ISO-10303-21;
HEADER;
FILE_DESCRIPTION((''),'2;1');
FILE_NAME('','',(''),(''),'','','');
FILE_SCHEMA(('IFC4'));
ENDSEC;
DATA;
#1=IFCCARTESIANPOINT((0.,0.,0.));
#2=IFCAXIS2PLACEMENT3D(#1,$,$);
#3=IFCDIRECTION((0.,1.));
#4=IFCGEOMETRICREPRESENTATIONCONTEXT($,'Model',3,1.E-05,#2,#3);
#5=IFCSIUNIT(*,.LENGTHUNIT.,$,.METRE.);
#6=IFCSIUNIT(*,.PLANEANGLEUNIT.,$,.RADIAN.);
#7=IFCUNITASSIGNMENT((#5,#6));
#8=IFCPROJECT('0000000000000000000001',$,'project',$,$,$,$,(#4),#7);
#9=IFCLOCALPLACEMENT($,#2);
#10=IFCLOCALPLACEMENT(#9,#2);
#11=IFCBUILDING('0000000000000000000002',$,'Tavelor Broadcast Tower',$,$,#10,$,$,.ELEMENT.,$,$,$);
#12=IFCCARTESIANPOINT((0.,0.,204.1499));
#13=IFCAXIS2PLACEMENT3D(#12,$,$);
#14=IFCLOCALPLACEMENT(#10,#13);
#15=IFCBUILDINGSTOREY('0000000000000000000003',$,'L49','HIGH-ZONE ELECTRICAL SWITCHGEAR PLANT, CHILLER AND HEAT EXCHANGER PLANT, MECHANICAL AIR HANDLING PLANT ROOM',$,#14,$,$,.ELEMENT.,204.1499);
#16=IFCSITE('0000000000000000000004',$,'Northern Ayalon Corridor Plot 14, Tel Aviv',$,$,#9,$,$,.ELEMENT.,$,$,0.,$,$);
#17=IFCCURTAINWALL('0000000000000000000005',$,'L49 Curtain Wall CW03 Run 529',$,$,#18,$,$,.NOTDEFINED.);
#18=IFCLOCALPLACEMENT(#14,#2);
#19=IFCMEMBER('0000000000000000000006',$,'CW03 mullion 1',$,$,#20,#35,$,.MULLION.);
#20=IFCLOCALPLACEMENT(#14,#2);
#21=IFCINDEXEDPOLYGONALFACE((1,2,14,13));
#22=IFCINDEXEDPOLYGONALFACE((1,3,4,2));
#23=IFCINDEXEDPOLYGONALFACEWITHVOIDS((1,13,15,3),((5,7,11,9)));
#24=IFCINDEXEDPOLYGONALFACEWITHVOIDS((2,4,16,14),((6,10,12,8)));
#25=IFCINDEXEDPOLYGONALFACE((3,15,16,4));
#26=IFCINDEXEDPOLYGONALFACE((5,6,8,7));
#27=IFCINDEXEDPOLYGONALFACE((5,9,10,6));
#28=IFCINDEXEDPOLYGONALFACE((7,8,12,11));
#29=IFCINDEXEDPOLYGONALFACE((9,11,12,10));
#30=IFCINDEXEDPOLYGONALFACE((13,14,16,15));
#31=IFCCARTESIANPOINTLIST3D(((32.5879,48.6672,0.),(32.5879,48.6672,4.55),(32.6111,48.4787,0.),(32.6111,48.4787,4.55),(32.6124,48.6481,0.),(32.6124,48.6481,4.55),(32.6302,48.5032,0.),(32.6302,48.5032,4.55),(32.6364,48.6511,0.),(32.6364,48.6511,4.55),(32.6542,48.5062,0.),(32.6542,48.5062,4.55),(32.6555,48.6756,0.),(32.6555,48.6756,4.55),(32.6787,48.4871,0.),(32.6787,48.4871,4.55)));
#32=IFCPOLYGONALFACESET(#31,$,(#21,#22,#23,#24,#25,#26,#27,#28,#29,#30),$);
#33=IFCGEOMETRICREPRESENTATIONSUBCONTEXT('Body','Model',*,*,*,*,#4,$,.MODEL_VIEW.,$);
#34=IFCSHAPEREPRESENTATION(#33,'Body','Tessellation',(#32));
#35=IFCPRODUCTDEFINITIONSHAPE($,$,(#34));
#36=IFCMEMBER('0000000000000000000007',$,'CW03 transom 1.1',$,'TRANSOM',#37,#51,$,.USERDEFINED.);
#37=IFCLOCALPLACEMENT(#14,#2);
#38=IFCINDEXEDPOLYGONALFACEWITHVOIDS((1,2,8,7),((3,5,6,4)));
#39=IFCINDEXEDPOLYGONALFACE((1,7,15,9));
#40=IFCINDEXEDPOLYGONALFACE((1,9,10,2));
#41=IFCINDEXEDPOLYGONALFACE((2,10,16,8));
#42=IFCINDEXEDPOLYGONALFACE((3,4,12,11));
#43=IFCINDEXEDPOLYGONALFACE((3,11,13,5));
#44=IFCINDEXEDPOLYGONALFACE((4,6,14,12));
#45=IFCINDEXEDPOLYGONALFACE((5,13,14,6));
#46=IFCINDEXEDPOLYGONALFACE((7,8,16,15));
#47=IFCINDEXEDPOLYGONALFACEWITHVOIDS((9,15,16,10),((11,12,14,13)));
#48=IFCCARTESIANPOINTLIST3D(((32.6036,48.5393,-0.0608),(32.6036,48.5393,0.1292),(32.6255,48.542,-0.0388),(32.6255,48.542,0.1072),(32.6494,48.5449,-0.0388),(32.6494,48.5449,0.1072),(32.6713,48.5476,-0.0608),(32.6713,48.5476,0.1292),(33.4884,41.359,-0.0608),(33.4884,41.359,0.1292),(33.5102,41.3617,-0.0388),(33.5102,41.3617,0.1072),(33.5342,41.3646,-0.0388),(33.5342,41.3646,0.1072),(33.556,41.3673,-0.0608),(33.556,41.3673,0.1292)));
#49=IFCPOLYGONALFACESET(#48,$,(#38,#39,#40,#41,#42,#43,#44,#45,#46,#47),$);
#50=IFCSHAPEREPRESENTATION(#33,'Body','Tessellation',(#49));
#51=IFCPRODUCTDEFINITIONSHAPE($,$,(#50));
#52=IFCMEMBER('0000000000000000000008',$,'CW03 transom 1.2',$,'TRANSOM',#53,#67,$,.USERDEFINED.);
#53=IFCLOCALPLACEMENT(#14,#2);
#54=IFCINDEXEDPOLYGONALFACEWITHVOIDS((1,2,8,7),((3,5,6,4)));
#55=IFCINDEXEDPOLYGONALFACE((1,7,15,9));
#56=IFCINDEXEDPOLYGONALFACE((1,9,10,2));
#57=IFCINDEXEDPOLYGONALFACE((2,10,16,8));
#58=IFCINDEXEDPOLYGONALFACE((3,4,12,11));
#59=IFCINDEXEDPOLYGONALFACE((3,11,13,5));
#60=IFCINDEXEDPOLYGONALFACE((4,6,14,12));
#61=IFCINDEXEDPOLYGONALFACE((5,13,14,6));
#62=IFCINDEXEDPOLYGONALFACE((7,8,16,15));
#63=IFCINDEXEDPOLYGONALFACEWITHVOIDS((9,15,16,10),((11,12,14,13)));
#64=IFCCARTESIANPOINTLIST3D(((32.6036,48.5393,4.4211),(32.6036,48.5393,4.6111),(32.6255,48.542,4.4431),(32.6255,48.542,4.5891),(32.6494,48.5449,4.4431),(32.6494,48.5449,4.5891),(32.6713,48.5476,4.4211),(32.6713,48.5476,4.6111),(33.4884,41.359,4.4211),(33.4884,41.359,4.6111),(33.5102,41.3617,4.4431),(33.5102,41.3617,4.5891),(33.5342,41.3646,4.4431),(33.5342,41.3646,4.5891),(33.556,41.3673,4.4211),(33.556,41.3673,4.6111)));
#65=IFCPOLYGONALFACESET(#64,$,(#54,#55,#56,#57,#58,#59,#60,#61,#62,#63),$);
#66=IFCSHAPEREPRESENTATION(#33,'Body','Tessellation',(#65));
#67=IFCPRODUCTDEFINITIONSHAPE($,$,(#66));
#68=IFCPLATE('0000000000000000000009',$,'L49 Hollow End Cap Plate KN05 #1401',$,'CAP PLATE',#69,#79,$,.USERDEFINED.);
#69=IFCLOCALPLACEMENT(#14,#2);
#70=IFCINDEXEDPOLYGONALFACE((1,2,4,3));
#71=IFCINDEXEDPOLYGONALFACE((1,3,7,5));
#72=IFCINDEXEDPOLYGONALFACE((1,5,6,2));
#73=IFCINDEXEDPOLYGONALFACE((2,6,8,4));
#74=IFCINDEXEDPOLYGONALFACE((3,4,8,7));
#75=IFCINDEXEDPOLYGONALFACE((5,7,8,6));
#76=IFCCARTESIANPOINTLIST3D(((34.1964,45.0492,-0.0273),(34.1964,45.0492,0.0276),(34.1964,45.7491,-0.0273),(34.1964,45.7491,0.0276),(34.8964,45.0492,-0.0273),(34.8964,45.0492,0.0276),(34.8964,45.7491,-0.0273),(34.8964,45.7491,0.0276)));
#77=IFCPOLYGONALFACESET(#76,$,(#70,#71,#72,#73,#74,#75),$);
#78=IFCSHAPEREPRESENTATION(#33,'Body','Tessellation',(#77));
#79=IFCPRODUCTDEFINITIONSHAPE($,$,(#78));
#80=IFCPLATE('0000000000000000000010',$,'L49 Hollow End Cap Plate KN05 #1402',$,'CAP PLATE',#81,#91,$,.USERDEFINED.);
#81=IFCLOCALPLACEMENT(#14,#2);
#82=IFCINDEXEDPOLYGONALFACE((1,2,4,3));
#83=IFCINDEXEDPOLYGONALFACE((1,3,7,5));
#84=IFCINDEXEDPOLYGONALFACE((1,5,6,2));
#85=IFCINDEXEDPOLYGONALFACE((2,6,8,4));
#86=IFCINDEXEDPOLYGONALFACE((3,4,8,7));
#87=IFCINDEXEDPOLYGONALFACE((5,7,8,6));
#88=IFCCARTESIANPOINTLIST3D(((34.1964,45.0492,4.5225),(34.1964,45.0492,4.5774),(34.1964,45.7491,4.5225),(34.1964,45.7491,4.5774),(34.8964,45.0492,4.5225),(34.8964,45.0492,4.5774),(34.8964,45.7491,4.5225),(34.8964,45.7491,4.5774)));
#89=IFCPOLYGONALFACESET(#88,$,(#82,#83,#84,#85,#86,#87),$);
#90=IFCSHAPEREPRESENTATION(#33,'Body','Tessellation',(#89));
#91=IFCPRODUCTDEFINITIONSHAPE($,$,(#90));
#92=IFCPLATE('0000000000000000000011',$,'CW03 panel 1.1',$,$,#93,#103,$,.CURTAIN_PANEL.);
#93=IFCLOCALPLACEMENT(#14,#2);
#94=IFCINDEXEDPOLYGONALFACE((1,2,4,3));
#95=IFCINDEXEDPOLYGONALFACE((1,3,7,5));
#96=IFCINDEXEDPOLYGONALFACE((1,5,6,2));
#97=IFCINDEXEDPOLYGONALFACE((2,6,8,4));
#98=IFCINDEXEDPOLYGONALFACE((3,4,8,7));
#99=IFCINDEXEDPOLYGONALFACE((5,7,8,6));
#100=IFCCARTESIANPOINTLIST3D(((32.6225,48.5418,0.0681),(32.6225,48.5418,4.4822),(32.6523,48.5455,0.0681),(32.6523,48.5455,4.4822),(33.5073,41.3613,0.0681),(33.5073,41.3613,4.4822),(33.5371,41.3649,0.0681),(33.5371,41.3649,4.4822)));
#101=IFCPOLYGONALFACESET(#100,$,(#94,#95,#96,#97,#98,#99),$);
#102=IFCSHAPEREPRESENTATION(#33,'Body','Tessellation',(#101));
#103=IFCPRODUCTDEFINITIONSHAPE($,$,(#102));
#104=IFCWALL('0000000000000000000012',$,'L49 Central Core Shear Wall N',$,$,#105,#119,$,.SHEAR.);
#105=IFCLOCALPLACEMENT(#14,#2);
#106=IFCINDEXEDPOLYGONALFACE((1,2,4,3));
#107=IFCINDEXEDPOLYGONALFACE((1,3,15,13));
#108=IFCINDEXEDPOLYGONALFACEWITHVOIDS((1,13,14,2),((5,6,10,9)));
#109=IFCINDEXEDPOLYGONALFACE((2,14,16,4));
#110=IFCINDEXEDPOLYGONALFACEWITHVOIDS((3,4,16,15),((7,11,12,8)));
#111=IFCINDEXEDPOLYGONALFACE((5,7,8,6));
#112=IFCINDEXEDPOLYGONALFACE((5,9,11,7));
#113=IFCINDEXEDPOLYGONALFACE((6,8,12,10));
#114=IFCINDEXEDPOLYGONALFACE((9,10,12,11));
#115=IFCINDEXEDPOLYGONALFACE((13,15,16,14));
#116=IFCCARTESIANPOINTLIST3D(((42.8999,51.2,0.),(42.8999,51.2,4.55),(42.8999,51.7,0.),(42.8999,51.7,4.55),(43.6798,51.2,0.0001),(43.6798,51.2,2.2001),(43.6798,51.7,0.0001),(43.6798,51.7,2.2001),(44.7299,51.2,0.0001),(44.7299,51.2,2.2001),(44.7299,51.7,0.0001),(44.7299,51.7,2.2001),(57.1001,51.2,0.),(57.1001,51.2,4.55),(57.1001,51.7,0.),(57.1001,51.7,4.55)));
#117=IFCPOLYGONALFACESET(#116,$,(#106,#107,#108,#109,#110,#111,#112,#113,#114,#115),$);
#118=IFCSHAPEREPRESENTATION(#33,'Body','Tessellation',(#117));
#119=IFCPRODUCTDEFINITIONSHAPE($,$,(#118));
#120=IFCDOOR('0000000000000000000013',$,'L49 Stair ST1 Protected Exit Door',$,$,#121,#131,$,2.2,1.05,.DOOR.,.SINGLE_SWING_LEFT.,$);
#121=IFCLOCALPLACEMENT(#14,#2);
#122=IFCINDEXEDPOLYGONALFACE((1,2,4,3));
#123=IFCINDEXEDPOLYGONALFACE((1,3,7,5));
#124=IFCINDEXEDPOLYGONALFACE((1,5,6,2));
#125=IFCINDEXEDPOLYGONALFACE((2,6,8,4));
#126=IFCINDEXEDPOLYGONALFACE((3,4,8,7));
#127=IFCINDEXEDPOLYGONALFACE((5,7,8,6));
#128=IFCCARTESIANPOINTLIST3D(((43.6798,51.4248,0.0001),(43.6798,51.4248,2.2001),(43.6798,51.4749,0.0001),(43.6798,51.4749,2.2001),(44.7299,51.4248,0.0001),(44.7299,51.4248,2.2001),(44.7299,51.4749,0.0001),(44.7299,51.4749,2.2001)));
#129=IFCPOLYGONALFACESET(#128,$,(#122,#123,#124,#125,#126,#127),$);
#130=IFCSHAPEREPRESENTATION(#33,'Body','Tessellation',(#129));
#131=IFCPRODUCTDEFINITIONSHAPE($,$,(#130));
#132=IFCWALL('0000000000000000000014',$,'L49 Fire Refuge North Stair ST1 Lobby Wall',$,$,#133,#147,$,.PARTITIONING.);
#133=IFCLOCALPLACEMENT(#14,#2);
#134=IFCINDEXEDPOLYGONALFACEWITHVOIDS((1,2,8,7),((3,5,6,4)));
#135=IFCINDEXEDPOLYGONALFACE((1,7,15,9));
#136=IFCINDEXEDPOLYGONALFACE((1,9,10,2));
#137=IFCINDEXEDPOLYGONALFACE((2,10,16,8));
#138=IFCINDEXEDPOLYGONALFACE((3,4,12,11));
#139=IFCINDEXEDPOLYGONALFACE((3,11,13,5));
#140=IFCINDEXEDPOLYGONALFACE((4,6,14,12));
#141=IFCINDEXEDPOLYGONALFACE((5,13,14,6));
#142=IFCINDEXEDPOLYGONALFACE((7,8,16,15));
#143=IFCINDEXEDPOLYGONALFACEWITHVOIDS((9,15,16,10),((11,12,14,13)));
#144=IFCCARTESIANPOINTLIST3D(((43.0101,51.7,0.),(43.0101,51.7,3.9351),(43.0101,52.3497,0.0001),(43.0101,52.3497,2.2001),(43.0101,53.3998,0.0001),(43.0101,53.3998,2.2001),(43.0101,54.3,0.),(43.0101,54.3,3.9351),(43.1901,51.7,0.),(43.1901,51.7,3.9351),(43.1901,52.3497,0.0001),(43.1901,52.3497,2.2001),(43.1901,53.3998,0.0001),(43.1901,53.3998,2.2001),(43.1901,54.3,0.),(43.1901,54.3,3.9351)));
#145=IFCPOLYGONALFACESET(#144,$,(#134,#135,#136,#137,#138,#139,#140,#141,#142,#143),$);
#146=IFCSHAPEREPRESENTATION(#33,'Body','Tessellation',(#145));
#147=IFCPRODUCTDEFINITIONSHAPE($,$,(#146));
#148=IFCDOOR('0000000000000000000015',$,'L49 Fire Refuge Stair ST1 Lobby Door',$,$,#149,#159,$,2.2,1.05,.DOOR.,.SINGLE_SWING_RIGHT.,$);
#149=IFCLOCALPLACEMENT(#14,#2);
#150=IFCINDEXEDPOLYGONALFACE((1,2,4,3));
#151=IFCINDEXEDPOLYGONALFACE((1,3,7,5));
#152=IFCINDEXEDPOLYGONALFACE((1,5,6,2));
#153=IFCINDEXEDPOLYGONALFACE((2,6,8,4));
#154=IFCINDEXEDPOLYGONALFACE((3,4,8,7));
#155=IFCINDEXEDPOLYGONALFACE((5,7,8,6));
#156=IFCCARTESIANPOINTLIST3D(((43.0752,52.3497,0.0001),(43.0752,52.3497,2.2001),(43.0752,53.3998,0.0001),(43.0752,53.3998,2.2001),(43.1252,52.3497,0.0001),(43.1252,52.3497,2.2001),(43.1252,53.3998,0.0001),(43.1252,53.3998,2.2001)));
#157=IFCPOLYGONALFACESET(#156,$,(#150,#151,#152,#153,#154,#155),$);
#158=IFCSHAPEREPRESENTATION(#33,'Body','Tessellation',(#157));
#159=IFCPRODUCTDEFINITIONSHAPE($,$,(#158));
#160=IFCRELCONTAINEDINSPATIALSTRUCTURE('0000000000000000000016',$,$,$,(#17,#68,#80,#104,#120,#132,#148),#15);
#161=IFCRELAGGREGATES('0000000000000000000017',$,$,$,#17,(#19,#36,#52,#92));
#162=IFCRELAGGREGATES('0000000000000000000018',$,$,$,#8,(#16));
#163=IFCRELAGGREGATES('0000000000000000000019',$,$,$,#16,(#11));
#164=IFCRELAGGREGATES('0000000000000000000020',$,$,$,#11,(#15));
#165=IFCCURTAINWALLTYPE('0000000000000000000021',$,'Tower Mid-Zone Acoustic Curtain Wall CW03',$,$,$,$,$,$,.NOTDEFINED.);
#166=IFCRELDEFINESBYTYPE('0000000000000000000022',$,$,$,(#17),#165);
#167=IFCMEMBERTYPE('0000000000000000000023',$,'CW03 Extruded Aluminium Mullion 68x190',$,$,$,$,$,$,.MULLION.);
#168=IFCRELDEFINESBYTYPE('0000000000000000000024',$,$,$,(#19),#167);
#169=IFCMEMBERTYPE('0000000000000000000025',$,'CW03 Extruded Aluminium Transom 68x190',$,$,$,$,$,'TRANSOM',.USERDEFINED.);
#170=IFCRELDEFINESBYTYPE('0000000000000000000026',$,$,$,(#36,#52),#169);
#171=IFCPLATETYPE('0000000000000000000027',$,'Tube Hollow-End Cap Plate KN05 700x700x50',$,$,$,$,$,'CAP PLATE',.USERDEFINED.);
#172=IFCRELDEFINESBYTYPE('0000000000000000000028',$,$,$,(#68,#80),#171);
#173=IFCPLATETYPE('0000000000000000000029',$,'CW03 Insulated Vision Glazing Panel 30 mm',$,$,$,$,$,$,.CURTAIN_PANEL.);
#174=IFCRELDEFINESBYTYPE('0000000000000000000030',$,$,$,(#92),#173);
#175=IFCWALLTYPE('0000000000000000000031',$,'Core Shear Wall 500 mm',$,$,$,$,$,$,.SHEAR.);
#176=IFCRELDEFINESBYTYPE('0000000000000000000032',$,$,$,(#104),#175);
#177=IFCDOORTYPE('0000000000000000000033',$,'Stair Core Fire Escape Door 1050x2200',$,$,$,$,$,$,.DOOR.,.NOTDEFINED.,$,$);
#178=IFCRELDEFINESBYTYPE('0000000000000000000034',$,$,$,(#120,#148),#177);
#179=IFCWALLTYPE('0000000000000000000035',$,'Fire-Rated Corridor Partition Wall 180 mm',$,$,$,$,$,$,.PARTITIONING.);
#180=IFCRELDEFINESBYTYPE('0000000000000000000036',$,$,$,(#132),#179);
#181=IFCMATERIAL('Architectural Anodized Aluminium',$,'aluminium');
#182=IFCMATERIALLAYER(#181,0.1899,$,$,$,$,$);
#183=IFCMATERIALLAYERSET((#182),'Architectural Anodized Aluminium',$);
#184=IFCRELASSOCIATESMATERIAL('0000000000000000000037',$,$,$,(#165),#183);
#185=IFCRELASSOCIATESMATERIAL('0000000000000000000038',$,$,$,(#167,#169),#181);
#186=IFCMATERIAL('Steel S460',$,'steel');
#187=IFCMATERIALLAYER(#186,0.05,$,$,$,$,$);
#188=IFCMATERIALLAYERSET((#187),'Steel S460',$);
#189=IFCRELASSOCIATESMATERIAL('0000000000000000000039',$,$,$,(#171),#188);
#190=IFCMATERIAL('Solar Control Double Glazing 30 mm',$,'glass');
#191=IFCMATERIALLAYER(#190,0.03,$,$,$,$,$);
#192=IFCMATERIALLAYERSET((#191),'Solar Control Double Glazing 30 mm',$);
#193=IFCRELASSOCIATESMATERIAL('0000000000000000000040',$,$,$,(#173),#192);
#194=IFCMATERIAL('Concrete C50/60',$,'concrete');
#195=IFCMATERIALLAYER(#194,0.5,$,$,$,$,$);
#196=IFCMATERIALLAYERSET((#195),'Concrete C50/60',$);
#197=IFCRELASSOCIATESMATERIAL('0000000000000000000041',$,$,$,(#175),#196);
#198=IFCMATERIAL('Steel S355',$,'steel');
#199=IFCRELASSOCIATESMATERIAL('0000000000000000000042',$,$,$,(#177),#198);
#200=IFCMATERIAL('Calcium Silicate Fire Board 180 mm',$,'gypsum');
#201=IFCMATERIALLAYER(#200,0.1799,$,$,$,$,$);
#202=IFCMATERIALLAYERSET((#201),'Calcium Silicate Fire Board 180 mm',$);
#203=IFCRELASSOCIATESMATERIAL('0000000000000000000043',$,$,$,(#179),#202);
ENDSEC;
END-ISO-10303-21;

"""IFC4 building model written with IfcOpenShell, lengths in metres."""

from ifc_helpers import new_model, si_unit, direction, frame, frame_2d, origin, origin_2d, place, context, subcontext, project, spatial, rectangle, hollow_rectangle, extrude, source, transform, mapped, material, layer, layer_set, material_profile, profile_set, type_object, type_shapes, element, fill, aggregate, save


model = new_model("IFC4")

# Units and contexts
model_context = context("Model", 3, precision=1e-05, world=origin(), true_north=direction((0.0, 1.0)))
body_context = subcontext(model_context, "Body", "Model", "MODEL_VIEW")
ifc_project = project(units=[si_unit("LENGTHUNIT", "METRE"), si_unit("PLANEANGLEUNIT", "RADIAN")], contexts=[model_context])

# Site, building, storey
site_placement = place(None, origin())
site = spatial("IfcSite", under=ifc_project, at=site_placement, Name="Northern Ayalon Corridor Plot 14, Tel Aviv", CompositionType="ELEMENT", RefElevation=0.0)
building_placement = place(site_placement, origin())
building = spatial("IfcBuilding", under=site, at=building_placement, Name="Tavelor Broadcast Tower", CompositionType="ELEMENT")
storey_placement = place(building_placement, frame((0.0, 0.0, 204.1499)))
storey = spatial("IfcBuildingStorey", under=building, at=storey_placement, Name="L49", Description="HIGH-ZONE ELECTRICAL SWITCHGEAR PLANT, CHILLER AND HEAT EXCHANGER PLANT, MECHANICAL AIR HANDLING PLANT ROOM", CompositionType="ELEMENT", Elevation=204.1499)

# Shared definitions
ifc_material_1 = material(Name="Concrete C50/60", Category="concrete")
ifc_material_2 = material(Name="Steel S460", Category="steel")

# Shared definitions
ifc_material_3 = material(Name="Steel S355", Category="steel")

# Curtain wall, members
ifc_material_4 = material(Name="Architectural Anodized Aluminium", Category="aluminium")
ifc_layer_1 = layer(ifc_material_4, 0.1899)
ifc_layer_set_1 = layer_set([ifc_layer_1], Name="Architectural Anodized Aluminium")
curtain_wall_type = type_object("IfcCurtainWallType", Name="Tower Mid-Zone Acoustic Curtain Wall CW03", PredefinedType="NOTDEFINED", material=ifc_layer_set_1)
curtain_wall_placement = place(storey_placement, origin())
curtain_wall = element("IfcCurtainWall", 1, at=curtain_wall_placement, inside=storey, type_object=curtain_wall_type, Name="L49 Curtain Wall CW03 Run 529", PredefinedType="NOTDEFINED")
ifc_material_profile_1 = material_profile(ifc_material_4, hollow_rectangle(XDim=0.0681, YDim=0.1899, WallThickness=0.022, at=origin_2d()), Name="RHS 68x190x22")
ifc_profile_set_1 = profile_set([ifc_material_profile_1], Name="Architectural Anodized Aluminium")
member_type_1 = type_object("IfcMemberType", Name="CW03 Extruded Aluminium Mullion 68x190", PredefinedType="MULLION", material=ifc_profile_set_1)
shared_shape_1 = source(origin(), body_context, "Body", "SweptSolid", [
    extrude(hollow_rectangle(XDim=0.0681, YDim=0.1899, WallThickness=0.022, at=origin_2d()), origin(), (0.0, 0.0, 1.0), 4.55),
])
type_shapes(member_type_1, [shared_shape_1])
member_1_placement = place(storey_placement, frame((32.6333, 48.5771, 0.0), z_axis=(0.0, 0.0, 1.0), x_axis=(0.992494, 0.122293, 0.0)))
member_1 = element("IfcMember", 2, at=member_1_placement, type_object=member_type_1, Name="CW03 mullion 1", PredefinedType="MULLION", context=body_context, shape_type="MappedRepresentation", body=[
    mapped(shared_shape_1, transform((0.0, 0.0, 0.0), scale=1.0)),
])
ifc_material_profile_2 = material_profile(ifc_material_4, hollow_rectangle(XDim=0.0681, YDim=0.1899, WallThickness=0.022, at=origin_2d()), Name="RHS 68x190x22")
ifc_profile_set_2 = profile_set([ifc_material_profile_2], Name="Architectural Anodized Aluminium")
member_type_2 = type_object("IfcMemberType", Name="CW03 Extruded Aluminium Transom 68x190", ElementType="TRANSOM", PredefinedType="USERDEFINED", material=ifc_profile_set_2)
shared_shape_2 = source(origin(), body_context, "Body", "SweptSolid", [
    extrude(hollow_rectangle(XDim=0.0681, YDim=0.1899, WallThickness=0.022, at=origin_2d()), origin(), (0.0, 0.0, 1.0), 7.2346),
])
type_shapes(member_type_2, [shared_shape_2])
member_2_placement = place(storey_placement, frame((32.6375, 48.5435, 0.0342), z_axis=(0.122294, -0.992494, 0.0), x_axis=(0.992494, 0.122294, 0.0)))
member_2 = element("IfcMember", 3, at=member_2_placement, type_object=member_type_2, Name="CW03 transom 1.1", ObjectType="TRANSOM", PredefinedType="USERDEFINED", context=body_context, shape_type="MappedRepresentation", body=[
    mapped(shared_shape_2, transform((0.0, 0.0, 0.0), scale=1.0)),
])
member_3_placement = place(storey_placement, frame((32.6375, 48.5435, 4.5161), z_axis=(0.122294, -0.992494, 0.0), x_axis=(0.992494, 0.122294, 0.0)))
member_3 = element("IfcMember", 4, at=member_3_placement, type_object=member_type_2, Name="CW03 transom 1.2", ObjectType="TRANSOM", PredefinedType="USERDEFINED", context=body_context, shape_type="MappedRepresentation", body=[
    mapped(shared_shape_2, transform((0.0, 0.0, 0.0), scale=1.0)),
])

# Plates
ifc_layer_2 = layer(ifc_material_2, 0.05)
ifc_layer_set_2 = layer_set([ifc_layer_2], Name="Steel S460")
plate_type_1 = type_object("IfcPlateType", Name="Tube Hollow-End Cap Plate KN05 700x700x50", ElementType="CAP PLATE", PredefinedType="USERDEFINED", material=ifc_layer_set_2)
shared_shape_3 = source(origin(), body_context, "Body", "SweptSolid", [
    extrude(rectangle(XDim=0.7, YDim=0.7, at=origin_2d()), origin(), (0.0, 0.0, 1.0), 0.0549),
])
type_shapes(plate_type_1, [shared_shape_3])
for number, where, z_axis, x_axis, name in (
    (5, (34.5464, 45.3992, -0.0273), (0.0, 0.0, 1.0), (1.0, 0.0, 0.0), "L49 Hollow End Cap Plate KN05 #1401"),
    (6, (34.5464, 45.3992, 4.5225), (0.0, 0.0, 1.0), (1.0, 0.0, 0.0), "L49 Hollow End Cap Plate KN05 #1402"),
):
    element("IfcPlate", number, at=place(storey_placement, frame(where, z_axis=z_axis, x_axis=x_axis)), inside=storey, type_object=plate_type_1, Name=name, ObjectType="CAP PLATE", PredefinedType="USERDEFINED", context=body_context, shape_type="MappedRepresentation", body=[
        mapped(shared_shape_3, transform((0.0, 0.0, 0.0), scale=1.0)),
    ])

# Plate
ifc_material_5 = material(Name="Solar Control Double Glazing 30 mm", Category="glass")
ifc_layer_3 = layer(ifc_material_5, 0.03)
ifc_layer_set_3 = layer_set([ifc_layer_3], Name="Solar Control Double Glazing 30 mm")
plate_type_2 = type_object("IfcPlateType", Name="CW03 Insulated Vision Glazing Panel 30 mm", PredefinedType="CURTAIN_PANEL", material=ifc_layer_set_3)
shared_shape_4 = source(origin(), body_context, "Body", "SweptSolid", [
    extrude(rectangle(XDim=7.2349, YDim=0.03, at=origin_2d()), origin(), (0.0, 0.0, 1.0), 4.4141),
])
type_shapes(plate_type_2, [shared_shape_4])
plate_placement = place(storey_placement, frame((33.0798, 44.9534, 0.0681), z_axis=(0.0, 0.0, 1.0), x_axis=(0.122293, -0.992494, 0.0)))
plate = element("IfcPlate", 7, at=plate_placement, type_object=plate_type_2, Name="CW03 panel 1.1", PredefinedType="CURTAIN_PANEL", context=body_context, shape_type="MappedRepresentation", body=[
    mapped(shared_shape_4, transform((0.0, 0.0, 0.0), scale=1.0)),
])
aggregate(curtain_wall, [member_1, member_2, member_3, plate])

# Walls, openings, doors
ifc_layer_4 = layer(ifc_material_1, 0.5)
ifc_layer_set_4 = layer_set([ifc_layer_4], Name="Concrete C50/60")
wall_type_1 = type_object("IfcWallType", Name="Core Shear Wall 500 mm", PredefinedType="SHEAR", material=ifc_layer_set_4)
wall_1_placement = place(storey_placement, frame((42.8999, 51.45, 0.0), z_axis=(0.0, 0.0, 1.0), x_axis=(1.0, 0.0, 0.0)))
wall_1 = element("IfcWall", 8, at=wall_1_placement, inside=storey, type_object=wall_type_1, Name="L49 Central Core Shear Wall N", PredefinedType="SHEAR", context=body_context, shape_type="SweptSolid", body=[
    extrude(rectangle(XDim=14.2002, YDim=0.5, at=frame_2d((7.1001, 0.0))), origin(), (0.0, 0.0, 1.0), 4.55),
])
opening_1_placement = place(wall_1_placement, frame((0.78, 0.0, 0.0)))
opening_1 = element("IfcOpeningElement", 9, at=opening_1_placement, cuts=wall_1, PredefinedType="OPENING", context=body_context, shape_type="SweptSolid", body=[
    extrude(rectangle(XDim=1.05, YDim=2.2, at=frame_2d((0.5249, 1.1001))), frame((0.0, 0.26, 0.0), z_axis=(0.0, -1.0, 0.0), x_axis=(1.0, 0.0, 0.0)), (0.0, 0.0, 1.0), 0.52),
])
door_type = type_object("IfcDoorType", Name="Stair Core Fire Escape Door 1050x2200", OperationType="NOTDEFINED", PredefinedType="DOOR", material=ifc_material_3)
door_1_placement = place(opening_1_placement, origin())
door_1 = element("IfcDoor", 10, at=door_1_placement, inside=storey, type_object=door_type, Name="L49 Stair ST1 Protected Exit Door", OperationType="SINGLE_SWING_LEFT", OverallHeight=2.2, OverallWidth=1.05, PredefinedType="DOOR", context=body_context, shape_type="SweptSolid", body=[
    extrude(rectangle(XDim=1.05, YDim=2.2, at=frame_2d((0.5249, 1.1001))), frame((0.0, 0.0249, 0.0), z_axis=(0.0, -1.0, 0.0), x_axis=(1.0, 0.0, 0.0)), (0.0, 0.0, 1.0), 0.05),
])
fill(opening_1, door_1)
ifc_material_6 = material(Name="Calcium Silicate Fire Board 180 mm", Category="gypsum")
ifc_layer_5 = layer(ifc_material_6, 0.1799)
ifc_layer_set_5 = layer_set([ifc_layer_5], Name="Calcium Silicate Fire Board 180 mm")
wall_type_2 = type_object("IfcWallType", Name="Fire-Rated Corridor Partition Wall 180 mm", PredefinedType="PARTITIONING", material=ifc_layer_set_5)
wall_2_placement = place(storey_placement, frame((43.1001, 51.7, 0.0), z_axis=(0.0, 0.0, 1.0), x_axis=(0.0, 1.0, 0.0)))
wall_2 = element("IfcWall", 11, at=wall_2_placement, inside=storey, type_object=wall_type_2, Name="L49 Fire Refuge North Stair ST1 Lobby Wall", PredefinedType="PARTITIONING", context=body_context, shape_type="SweptSolid", body=[
    extrude(rectangle(XDim=2.6001, YDim=0.1799, at=frame_2d((1.3, 0.0))), origin(), (0.0, 0.0, 1.0), 3.9351),
])
opening_2_placement = place(wall_2_placement, frame((0.6499, 0.0, 0.0)))
opening_2 = element("IfcOpeningElement", 12, at=opening_2_placement, cuts=wall_2, PredefinedType="OPENING", context=body_context, shape_type="SweptSolid", body=[
    extrude(rectangle(XDim=1.05, YDim=2.2, at=frame_2d((0.5249, 1.1001))), frame((0.0, 0.1001, 0.0), z_axis=(0.0, -1.0, 0.0), x_axis=(1.0, 0.0, 0.0)), (0.0, 0.0, 1.0), 0.2),
])
door_2_placement = place(opening_2_placement, origin())
door_2 = element("IfcDoor", 13, at=door_2_placement, inside=storey, type_object=door_type, Name="L49 Fire Refuge Stair ST1 Lobby Door", OperationType="SINGLE_SWING_RIGHT", OverallHeight=2.2, OverallWidth=1.05, PredefinedType="DOOR", context=body_context, shape_type="SweptSolid", body=[
    extrude(rectangle(XDim=1.05, YDim=2.2, at=frame_2d((0.5249, 1.1001))), frame((0.0, 0.0249, 0.0), z_axis=(0.0, -1.0, 0.0), x_axis=(1.0, 0.0, 0.0)), (0.0, 0.0, 1.0), 0.05),
])
fill(opening_2, door_2)

save(model, "model.ifc")
